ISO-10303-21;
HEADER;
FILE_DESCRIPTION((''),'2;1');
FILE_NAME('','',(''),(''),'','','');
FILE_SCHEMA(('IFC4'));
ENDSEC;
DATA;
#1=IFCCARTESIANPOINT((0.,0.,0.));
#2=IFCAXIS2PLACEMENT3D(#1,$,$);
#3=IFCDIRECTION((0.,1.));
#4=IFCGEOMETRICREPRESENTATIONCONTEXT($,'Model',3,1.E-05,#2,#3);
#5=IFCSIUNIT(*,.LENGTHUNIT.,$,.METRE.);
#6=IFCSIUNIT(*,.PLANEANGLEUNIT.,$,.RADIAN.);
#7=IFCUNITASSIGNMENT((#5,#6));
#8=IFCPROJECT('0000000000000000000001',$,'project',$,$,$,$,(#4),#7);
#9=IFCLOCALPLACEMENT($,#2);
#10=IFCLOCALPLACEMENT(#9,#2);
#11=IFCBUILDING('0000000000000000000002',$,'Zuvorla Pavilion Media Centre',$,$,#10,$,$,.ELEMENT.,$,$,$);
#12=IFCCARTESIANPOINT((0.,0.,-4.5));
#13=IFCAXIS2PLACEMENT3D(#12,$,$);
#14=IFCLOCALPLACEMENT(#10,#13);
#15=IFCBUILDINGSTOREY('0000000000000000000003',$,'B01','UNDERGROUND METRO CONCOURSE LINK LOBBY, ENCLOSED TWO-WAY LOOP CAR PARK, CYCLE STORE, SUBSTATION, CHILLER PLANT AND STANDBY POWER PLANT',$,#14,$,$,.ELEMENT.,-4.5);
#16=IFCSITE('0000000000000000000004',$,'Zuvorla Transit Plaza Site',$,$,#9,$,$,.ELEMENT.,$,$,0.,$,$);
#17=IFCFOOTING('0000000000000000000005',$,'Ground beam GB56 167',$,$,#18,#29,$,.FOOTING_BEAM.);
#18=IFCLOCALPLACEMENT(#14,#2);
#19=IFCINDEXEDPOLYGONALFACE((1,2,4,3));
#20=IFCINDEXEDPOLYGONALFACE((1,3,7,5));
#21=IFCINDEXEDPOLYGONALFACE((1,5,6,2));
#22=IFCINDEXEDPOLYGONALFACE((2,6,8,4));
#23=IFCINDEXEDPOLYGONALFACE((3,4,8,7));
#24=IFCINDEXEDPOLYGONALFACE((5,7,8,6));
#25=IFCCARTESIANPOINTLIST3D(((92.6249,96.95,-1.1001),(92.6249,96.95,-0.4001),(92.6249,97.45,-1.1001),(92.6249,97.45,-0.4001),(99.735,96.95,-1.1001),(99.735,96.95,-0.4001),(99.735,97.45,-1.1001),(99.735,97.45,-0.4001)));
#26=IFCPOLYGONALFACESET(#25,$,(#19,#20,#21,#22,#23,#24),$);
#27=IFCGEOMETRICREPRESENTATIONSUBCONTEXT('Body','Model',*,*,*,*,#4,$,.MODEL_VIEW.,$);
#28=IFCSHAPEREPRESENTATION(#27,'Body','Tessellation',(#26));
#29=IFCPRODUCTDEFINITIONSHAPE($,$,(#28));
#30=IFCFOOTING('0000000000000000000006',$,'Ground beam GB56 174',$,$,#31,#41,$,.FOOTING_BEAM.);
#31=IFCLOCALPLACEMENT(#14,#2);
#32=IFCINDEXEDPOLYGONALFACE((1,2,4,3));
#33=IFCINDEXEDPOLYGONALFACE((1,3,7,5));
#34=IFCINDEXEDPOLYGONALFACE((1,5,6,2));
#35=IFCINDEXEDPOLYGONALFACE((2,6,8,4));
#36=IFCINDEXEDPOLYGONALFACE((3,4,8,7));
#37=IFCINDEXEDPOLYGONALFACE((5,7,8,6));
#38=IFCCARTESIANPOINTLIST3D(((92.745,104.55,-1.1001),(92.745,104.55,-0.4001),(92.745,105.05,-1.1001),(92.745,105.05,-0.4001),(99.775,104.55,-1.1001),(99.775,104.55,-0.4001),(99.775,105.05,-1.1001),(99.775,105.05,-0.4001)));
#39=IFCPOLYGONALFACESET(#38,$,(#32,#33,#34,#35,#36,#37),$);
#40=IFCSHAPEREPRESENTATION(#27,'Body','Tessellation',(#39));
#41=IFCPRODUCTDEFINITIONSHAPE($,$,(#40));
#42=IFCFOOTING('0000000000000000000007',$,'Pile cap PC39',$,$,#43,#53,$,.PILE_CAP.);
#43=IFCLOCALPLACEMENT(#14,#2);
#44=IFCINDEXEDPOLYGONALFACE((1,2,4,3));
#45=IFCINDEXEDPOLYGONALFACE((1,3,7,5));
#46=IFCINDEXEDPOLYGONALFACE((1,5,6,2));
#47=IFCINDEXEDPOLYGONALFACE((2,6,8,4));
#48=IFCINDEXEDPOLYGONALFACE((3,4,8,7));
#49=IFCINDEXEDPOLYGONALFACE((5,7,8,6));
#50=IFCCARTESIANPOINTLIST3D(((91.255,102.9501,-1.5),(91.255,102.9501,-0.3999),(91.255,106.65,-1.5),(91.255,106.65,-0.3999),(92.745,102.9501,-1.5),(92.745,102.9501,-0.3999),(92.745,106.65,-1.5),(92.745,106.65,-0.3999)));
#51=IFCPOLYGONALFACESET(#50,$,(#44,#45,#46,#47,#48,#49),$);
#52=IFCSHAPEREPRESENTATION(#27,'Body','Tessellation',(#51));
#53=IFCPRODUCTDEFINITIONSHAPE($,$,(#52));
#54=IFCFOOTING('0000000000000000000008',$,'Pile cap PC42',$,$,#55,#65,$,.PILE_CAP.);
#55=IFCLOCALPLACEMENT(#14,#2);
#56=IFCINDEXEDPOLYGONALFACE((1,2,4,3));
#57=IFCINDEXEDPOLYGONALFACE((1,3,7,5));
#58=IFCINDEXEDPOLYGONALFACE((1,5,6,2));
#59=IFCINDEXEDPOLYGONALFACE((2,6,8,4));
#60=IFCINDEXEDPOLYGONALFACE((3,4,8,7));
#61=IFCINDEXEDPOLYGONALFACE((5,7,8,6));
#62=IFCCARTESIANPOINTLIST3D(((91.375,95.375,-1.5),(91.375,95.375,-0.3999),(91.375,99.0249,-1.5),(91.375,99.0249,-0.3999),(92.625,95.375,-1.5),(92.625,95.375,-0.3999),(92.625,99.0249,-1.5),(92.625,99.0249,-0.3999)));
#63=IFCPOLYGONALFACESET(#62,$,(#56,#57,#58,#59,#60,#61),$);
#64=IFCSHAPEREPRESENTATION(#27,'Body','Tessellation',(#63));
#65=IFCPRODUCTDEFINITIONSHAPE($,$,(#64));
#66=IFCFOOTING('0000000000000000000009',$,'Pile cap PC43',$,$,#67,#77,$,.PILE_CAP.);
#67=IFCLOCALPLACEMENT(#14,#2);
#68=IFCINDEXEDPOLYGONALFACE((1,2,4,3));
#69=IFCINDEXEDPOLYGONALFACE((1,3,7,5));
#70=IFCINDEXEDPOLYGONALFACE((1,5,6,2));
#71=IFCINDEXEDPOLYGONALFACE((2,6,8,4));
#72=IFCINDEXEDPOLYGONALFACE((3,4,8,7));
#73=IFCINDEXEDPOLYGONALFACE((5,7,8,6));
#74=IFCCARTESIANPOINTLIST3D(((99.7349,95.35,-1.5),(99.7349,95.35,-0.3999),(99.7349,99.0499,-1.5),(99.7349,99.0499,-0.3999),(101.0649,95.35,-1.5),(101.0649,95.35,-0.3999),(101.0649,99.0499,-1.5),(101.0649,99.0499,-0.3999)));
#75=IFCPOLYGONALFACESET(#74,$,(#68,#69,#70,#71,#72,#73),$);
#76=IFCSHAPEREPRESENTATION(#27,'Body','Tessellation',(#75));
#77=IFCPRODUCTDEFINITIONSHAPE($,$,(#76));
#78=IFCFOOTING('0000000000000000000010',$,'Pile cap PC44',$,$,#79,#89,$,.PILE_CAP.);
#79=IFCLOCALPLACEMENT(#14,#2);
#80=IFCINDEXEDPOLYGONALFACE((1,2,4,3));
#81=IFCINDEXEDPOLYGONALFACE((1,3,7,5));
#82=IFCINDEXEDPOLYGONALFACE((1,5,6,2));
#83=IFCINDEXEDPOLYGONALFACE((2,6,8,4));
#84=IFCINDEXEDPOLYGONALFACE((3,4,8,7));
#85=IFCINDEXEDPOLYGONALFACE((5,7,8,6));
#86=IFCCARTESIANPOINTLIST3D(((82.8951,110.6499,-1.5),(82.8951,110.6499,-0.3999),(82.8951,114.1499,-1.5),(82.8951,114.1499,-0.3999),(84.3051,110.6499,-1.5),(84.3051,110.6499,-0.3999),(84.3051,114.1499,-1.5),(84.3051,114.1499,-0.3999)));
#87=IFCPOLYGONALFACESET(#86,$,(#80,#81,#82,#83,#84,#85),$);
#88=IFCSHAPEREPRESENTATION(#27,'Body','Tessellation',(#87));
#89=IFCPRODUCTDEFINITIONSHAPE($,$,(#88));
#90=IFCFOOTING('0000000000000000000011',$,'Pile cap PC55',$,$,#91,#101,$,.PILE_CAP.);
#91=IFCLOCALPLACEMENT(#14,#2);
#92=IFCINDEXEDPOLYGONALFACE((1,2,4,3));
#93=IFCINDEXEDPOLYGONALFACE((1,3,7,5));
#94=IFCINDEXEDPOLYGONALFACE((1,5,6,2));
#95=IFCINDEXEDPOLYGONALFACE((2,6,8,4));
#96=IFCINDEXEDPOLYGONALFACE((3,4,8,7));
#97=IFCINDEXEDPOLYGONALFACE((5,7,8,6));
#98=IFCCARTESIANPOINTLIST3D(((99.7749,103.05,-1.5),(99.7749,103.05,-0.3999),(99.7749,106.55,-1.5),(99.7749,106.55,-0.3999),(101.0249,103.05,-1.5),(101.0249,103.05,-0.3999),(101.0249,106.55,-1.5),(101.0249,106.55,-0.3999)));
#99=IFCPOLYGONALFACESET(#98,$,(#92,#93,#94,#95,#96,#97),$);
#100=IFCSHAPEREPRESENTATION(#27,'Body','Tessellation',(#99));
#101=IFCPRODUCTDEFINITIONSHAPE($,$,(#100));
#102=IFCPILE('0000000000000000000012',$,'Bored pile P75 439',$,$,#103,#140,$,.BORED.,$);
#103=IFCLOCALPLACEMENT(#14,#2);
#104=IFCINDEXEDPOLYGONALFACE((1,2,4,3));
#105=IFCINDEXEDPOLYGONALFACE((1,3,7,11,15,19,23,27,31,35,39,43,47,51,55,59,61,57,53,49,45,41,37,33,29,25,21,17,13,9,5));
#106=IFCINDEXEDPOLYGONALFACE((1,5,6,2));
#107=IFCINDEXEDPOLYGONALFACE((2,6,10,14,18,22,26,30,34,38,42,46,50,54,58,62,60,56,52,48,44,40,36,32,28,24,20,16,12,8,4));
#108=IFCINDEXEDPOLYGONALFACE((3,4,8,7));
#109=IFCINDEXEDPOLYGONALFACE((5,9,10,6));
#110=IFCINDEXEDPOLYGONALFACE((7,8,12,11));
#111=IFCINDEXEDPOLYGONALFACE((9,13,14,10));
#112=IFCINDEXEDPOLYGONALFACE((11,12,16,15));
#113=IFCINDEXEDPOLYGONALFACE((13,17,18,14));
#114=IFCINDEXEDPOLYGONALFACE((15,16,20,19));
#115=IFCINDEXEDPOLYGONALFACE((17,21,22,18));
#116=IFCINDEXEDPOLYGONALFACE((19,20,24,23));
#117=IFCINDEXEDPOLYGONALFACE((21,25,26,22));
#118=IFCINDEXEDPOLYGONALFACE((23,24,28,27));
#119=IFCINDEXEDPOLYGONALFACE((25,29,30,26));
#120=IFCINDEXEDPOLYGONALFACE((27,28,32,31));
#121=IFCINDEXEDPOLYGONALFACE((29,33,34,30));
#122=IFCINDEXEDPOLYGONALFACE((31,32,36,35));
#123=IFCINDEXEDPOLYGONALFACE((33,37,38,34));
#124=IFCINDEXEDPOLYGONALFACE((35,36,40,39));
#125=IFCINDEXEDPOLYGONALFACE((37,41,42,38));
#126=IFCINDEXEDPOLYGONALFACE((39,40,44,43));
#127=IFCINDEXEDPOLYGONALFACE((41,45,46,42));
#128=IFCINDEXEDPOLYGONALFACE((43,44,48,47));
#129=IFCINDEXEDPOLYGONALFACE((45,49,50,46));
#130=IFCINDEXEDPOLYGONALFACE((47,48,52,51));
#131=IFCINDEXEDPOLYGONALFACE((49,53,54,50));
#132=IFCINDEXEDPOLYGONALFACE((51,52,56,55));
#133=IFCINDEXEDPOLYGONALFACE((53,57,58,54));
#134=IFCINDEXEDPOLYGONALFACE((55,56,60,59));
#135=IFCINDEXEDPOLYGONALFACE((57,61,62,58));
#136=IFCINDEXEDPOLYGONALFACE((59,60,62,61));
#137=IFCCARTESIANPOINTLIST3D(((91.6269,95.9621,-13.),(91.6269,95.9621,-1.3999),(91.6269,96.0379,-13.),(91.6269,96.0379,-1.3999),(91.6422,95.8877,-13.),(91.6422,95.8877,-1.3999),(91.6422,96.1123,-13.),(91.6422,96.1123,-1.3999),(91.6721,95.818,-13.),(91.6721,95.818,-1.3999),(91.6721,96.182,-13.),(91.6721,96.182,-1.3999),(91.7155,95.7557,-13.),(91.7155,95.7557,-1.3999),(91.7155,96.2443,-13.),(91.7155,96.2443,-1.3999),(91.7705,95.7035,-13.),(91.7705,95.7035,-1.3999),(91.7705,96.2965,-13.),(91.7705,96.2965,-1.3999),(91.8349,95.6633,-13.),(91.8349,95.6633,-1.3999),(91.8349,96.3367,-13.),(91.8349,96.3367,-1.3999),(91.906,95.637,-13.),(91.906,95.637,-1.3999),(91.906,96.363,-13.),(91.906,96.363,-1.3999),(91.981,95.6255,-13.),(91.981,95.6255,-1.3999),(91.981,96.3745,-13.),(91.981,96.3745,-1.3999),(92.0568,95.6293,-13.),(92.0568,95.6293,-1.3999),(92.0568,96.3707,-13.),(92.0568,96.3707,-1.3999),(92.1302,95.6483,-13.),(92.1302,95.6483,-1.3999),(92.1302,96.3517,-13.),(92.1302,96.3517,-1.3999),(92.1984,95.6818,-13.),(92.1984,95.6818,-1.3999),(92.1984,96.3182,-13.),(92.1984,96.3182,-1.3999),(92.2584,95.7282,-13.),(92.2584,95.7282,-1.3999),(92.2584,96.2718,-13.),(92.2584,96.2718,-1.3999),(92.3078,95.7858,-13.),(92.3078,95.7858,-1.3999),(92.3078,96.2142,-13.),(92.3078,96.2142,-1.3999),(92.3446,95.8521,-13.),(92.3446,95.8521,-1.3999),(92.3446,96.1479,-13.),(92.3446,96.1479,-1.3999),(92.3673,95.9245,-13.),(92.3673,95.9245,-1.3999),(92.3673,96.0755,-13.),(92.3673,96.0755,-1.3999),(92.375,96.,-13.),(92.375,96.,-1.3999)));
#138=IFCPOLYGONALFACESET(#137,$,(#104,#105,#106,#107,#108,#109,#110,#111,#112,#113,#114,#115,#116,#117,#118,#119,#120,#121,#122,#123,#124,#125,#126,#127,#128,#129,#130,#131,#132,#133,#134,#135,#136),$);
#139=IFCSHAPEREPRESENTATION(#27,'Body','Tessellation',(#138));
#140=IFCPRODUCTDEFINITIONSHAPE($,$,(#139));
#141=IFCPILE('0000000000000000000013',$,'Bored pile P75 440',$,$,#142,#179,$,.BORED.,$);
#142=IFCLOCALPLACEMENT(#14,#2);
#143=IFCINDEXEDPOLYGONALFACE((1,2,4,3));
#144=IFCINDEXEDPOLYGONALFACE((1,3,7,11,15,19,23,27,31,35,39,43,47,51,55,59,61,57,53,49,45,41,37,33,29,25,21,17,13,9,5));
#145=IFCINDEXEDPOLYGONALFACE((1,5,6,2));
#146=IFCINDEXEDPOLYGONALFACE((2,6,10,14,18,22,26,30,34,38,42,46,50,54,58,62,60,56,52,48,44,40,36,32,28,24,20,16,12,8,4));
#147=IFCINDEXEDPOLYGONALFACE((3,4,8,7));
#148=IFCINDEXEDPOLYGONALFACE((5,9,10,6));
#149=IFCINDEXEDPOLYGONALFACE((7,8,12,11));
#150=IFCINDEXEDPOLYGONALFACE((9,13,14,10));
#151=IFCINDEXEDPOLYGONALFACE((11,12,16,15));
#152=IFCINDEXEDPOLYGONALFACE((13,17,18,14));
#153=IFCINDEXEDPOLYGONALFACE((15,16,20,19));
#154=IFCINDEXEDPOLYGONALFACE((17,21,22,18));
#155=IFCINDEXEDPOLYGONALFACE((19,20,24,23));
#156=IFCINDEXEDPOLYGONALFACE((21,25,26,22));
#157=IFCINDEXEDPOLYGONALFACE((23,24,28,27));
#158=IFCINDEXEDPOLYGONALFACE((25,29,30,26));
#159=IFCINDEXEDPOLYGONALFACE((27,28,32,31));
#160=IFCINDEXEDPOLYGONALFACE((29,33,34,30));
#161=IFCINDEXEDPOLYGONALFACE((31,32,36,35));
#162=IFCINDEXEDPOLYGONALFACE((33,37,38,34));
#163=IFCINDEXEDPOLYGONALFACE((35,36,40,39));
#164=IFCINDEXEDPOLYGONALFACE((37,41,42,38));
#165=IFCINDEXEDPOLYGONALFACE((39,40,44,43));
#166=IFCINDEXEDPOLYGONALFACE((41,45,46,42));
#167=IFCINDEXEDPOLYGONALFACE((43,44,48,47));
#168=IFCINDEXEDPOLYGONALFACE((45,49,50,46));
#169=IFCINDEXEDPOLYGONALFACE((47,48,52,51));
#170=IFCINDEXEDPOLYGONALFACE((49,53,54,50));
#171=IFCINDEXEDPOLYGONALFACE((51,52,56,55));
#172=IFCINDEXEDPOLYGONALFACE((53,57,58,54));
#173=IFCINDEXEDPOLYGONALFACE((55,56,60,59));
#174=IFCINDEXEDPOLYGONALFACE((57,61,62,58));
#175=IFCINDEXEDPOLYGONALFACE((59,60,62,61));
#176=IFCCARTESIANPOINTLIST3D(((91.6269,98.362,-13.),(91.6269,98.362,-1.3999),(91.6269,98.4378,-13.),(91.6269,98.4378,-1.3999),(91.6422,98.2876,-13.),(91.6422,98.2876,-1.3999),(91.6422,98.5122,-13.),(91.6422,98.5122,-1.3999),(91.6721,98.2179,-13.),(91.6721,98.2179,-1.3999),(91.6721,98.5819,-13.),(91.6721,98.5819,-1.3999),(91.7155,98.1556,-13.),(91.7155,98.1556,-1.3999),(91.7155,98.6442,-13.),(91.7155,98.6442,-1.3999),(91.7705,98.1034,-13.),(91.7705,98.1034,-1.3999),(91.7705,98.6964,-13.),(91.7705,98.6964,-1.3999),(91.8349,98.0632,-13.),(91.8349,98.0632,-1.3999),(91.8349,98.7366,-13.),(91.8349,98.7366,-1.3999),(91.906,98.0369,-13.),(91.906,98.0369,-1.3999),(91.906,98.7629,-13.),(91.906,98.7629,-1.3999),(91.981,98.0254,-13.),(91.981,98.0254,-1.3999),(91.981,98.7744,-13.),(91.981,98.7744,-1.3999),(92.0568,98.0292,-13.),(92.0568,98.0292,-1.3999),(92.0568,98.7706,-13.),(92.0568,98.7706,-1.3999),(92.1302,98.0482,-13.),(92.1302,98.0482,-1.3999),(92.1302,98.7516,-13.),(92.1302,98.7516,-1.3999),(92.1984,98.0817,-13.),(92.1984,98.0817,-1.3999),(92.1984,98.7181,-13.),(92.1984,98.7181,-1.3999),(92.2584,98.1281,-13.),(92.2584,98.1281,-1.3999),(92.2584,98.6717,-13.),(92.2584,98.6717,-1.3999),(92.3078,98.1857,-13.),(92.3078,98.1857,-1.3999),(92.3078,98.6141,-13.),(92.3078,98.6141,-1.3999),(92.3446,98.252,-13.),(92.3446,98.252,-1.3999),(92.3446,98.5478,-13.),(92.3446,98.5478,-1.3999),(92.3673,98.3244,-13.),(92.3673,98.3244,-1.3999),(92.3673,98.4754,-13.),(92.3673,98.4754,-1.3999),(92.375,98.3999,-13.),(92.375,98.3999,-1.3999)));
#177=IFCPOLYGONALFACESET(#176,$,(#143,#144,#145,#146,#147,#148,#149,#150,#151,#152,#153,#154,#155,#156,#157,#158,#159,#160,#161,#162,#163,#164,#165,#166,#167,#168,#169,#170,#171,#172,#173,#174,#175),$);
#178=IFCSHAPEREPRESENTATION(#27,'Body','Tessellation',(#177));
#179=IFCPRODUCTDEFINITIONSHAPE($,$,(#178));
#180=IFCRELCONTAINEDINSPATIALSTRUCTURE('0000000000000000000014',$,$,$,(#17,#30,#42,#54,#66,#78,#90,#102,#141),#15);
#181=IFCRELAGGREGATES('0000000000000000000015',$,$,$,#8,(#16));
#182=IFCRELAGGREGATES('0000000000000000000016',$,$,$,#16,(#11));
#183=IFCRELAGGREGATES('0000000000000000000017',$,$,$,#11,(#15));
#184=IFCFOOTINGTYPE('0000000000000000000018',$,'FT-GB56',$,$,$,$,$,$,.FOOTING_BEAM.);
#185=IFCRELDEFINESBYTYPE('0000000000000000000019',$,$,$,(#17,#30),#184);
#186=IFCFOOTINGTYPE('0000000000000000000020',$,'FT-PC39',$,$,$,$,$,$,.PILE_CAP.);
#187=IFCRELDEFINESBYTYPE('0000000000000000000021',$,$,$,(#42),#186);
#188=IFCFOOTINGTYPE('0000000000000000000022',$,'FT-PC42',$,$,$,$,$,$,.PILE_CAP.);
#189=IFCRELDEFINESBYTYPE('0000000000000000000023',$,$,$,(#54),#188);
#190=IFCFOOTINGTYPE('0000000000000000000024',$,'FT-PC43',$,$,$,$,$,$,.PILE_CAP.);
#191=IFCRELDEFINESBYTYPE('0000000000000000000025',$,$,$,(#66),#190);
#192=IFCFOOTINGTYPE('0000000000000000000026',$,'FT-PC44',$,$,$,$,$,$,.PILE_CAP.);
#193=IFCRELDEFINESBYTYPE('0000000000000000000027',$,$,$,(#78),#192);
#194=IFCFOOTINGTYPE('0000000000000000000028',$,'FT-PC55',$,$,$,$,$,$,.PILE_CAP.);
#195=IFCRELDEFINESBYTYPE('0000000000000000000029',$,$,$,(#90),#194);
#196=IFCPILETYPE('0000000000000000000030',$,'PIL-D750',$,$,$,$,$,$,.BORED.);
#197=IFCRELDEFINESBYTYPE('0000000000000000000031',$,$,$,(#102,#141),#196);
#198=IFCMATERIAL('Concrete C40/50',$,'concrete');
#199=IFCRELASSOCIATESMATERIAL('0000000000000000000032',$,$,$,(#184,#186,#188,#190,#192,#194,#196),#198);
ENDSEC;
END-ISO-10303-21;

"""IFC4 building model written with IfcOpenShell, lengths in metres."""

from ifc_helpers import new_model, si_unit, direction, frame, origin, origin_2d, place, context, subcontext, project, spatial, rectangle, circle, extrude, material, material_profile, profile_set, type_object, element, save


model = new_model("IFC4")

# Units and contexts
model_context = context("Model", 3, precision=1e-05, world=origin(), true_north=direction((0.0, 1.0)))
body_context = subcontext(model_context, "Body", "Model", "MODEL_VIEW")
ifc_project = project(units=[si_unit("LENGTHUNIT", "METRE"), si_unit("PLANEANGLEUNIT", "RADIAN")], contexts=[model_context])

# Site, building, storey
site_placement = place(None, origin())
site = spatial("IfcSite", under=ifc_project, at=site_placement, Name="Zuvorla Transit Plaza Site", CompositionType="ELEMENT", RefElevation=0.0)
building_placement = place(site_placement, origin())
building = spatial("IfcBuilding", under=site, at=building_placement, Name="Zuvorla Pavilion Media Centre", CompositionType="ELEMENT")
storey_placement = place(building_placement, frame((0.0, 0.0, -4.5)))
storey = spatial("IfcBuildingStorey", under=building, at=storey_placement, Name="B01", Description="UNDERGROUND METRO CONCOURSE LINK LOBBY, ENCLOSED TWO-WAY LOOP CAR PARK, CYCLE STORE, SUBSTATION, CHILLER PLANT AND STANDBY POWER PLANT", CompositionType="ELEMENT", Elevation=-4.5)

# Footings
ifc_material = material(Name="Concrete C40/50", Category="concrete")
footing_type_1 = type_object("IfcFootingType", Name="FT-GB56", PredefinedType="FOOTING_BEAM", material=ifc_material)
footing_1_placement = place(storey_placement, frame((96.1799, 97.2, -1.1001), z_axis=(0.0, 0.0, 1.0), x_axis=(1.0, 0.0, 0.0)))
element("IfcFooting", 1, at=footing_1_placement, inside=storey, type_object=footing_type_1, Name="Ground beam GB56 167", PredefinedType="FOOTING_BEAM", context=body_context, shape_type="SweptSolid", body=[
    extrude(rectangle(XDim=7.1101, YDim=0.5, at=origin_2d()), origin(), (0.0, 0.0, 1.0), 0.7),
])
footing_2_placement = place(storey_placement, frame((96.26, 104.8, -1.1001), z_axis=(0.0, 0.0, 1.0), x_axis=(1.0, 0.0, 0.0)))
element("IfcFooting", 2, at=footing_2_placement, inside=storey, type_object=footing_type_1, Name="Ground beam GB56 174", PredefinedType="FOOTING_BEAM", context=body_context, shape_type="SweptSolid", body=[
    extrude(rectangle(XDim=7.03, YDim=0.5, at=origin_2d()), origin(), (0.0, 0.0, 1.0), 0.7),
])
footing_type_2 = type_object("IfcFootingType", Name="FT-PC39", PredefinedType="PILE_CAP", material=ifc_material)
footing_3_placement = place(storey_placement, frame((92.0, 104.8, -1.5), z_axis=(0.0, 0.0, 1.0), x_axis=(1.0, 0.0, 0.0)))
element("IfcFooting", 3, at=footing_3_placement, inside=storey, type_object=footing_type_2, Name="Pile cap PC39", PredefinedType="PILE_CAP", context=body_context, shape_type="SweptSolid", body=[
    extrude(rectangle(XDim=1.49, YDim=3.7, at=origin_2d()), origin(), (0.0, 0.0, 1.0), 1.1001),
])
footing_type_3 = type_object("IfcFootingType", Name="FT-PC42", PredefinedType="PILE_CAP", material=ifc_material)
footing_4_placement = place(storey_placement, frame((92.0, 97.2, -1.5), z_axis=(0.0, 0.0, 1.0), x_axis=(1.0, 0.0, 0.0)))
element("IfcFooting", 4, at=footing_4_placement, inside=storey, type_object=footing_type_3, Name="Pile cap PC42", PredefinedType="PILE_CAP", context=body_context, shape_type="SweptSolid", body=[
    extrude(rectangle(XDim=1.25, YDim=3.6499, at=origin_2d()), origin(), (0.0, 0.0, 1.0), 1.1001),
])
footing_type_4 = type_object("IfcFootingType", Name="FT-PC43", PredefinedType="PILE_CAP", material=ifc_material)
footing_5_placement = place(storey_placement, frame((100.3999, 97.2, -1.5), z_axis=(0.0, 0.0, 1.0), x_axis=(1.0, 0.0, 0.0)))
element("IfcFooting", 5, at=footing_5_placement, inside=storey, type_object=footing_type_4, Name="Pile cap PC43", PredefinedType="PILE_CAP", context=body_context, shape_type="SweptSolid", body=[
    extrude(rectangle(XDim=1.3301, YDim=3.7, at=origin_2d()), origin(), (0.0, 0.0, 1.0), 1.1001),
])
footing_type_5 = type_object("IfcFootingType", Name="FT-PC44", PredefinedType="PILE_CAP", material=ifc_material)
footing_6_placement = place(storey_placement, frame((83.6001, 112.3999, -1.5), z_axis=(0.0, 0.0, 1.0), x_axis=(1.0, 0.0, 0.0)))
element("IfcFooting", 6, at=footing_6_placement, inside=storey, type_object=footing_type_5, Name="Pile cap PC44", PredefinedType="PILE_CAP", context=body_context, shape_type="SweptSolid", body=[
    extrude(rectangle(XDim=1.4099, YDim=3.5, at=origin_2d()), origin(), (0.0, 0.0, 1.0), 1.1001),
])
footing_type_6 = type_object("IfcFootingType", Name="FT-PC55", PredefinedType="PILE_CAP", material=ifc_material)
footing_7_placement = place(storey_placement, frame((100.3999, 104.8, -1.5), z_axis=(0.0, 0.0, 1.0), x_axis=(1.0, 0.0, 0.0)))
element("IfcFooting", 7, at=footing_7_placement, inside=storey, type_object=footing_type_6, Name="Pile cap PC55", PredefinedType="PILE_CAP", context=body_context, shape_type="SweptSolid", body=[
    extrude(rectangle(XDim=1.25, YDim=3.5, at=origin_2d()), origin(), (0.0, 0.0, 1.0), 1.1001),
])

# Piles
ifc_material_profile_1 = material_profile(ifc_material, circle(Radius=0.375, at=origin_2d()), Name="BORED PILE 750")
ifc_profile_set_1 = profile_set([ifc_material_profile_1], Name="Concrete C40/50")
pile_type = type_object("IfcPileType", Name="PIL-D750", PredefinedType="BORED", material=ifc_profile_set_1)
for number, where, z_axis, x_axis, name in (
    (8, (92.0, 96.0, -1.3999), (0.0, 0.0, -1.0), (1.0, 0.0, 0.0), "Bored pile P75 439"),
    (9, (92.0, 98.3999, -1.3999), (0.0, 0.0, -1.0), (1.0, 0.0, 0.0), "Bored pile P75 440"),
):
    element("IfcPile", number, at=place(storey_placement, frame(where, z_axis=z_axis, x_axis=x_axis)), inside=storey, type_object=pile_type, Name=name, PredefinedType="BORED", context=body_context, shape_type="SweptSolid", body=[
        extrude(circle(Radius=0.375, at=origin_2d()), origin(), (0.0, 0.0, 1.0), 11.6001),
    ])

save(model, "model.ifc")
